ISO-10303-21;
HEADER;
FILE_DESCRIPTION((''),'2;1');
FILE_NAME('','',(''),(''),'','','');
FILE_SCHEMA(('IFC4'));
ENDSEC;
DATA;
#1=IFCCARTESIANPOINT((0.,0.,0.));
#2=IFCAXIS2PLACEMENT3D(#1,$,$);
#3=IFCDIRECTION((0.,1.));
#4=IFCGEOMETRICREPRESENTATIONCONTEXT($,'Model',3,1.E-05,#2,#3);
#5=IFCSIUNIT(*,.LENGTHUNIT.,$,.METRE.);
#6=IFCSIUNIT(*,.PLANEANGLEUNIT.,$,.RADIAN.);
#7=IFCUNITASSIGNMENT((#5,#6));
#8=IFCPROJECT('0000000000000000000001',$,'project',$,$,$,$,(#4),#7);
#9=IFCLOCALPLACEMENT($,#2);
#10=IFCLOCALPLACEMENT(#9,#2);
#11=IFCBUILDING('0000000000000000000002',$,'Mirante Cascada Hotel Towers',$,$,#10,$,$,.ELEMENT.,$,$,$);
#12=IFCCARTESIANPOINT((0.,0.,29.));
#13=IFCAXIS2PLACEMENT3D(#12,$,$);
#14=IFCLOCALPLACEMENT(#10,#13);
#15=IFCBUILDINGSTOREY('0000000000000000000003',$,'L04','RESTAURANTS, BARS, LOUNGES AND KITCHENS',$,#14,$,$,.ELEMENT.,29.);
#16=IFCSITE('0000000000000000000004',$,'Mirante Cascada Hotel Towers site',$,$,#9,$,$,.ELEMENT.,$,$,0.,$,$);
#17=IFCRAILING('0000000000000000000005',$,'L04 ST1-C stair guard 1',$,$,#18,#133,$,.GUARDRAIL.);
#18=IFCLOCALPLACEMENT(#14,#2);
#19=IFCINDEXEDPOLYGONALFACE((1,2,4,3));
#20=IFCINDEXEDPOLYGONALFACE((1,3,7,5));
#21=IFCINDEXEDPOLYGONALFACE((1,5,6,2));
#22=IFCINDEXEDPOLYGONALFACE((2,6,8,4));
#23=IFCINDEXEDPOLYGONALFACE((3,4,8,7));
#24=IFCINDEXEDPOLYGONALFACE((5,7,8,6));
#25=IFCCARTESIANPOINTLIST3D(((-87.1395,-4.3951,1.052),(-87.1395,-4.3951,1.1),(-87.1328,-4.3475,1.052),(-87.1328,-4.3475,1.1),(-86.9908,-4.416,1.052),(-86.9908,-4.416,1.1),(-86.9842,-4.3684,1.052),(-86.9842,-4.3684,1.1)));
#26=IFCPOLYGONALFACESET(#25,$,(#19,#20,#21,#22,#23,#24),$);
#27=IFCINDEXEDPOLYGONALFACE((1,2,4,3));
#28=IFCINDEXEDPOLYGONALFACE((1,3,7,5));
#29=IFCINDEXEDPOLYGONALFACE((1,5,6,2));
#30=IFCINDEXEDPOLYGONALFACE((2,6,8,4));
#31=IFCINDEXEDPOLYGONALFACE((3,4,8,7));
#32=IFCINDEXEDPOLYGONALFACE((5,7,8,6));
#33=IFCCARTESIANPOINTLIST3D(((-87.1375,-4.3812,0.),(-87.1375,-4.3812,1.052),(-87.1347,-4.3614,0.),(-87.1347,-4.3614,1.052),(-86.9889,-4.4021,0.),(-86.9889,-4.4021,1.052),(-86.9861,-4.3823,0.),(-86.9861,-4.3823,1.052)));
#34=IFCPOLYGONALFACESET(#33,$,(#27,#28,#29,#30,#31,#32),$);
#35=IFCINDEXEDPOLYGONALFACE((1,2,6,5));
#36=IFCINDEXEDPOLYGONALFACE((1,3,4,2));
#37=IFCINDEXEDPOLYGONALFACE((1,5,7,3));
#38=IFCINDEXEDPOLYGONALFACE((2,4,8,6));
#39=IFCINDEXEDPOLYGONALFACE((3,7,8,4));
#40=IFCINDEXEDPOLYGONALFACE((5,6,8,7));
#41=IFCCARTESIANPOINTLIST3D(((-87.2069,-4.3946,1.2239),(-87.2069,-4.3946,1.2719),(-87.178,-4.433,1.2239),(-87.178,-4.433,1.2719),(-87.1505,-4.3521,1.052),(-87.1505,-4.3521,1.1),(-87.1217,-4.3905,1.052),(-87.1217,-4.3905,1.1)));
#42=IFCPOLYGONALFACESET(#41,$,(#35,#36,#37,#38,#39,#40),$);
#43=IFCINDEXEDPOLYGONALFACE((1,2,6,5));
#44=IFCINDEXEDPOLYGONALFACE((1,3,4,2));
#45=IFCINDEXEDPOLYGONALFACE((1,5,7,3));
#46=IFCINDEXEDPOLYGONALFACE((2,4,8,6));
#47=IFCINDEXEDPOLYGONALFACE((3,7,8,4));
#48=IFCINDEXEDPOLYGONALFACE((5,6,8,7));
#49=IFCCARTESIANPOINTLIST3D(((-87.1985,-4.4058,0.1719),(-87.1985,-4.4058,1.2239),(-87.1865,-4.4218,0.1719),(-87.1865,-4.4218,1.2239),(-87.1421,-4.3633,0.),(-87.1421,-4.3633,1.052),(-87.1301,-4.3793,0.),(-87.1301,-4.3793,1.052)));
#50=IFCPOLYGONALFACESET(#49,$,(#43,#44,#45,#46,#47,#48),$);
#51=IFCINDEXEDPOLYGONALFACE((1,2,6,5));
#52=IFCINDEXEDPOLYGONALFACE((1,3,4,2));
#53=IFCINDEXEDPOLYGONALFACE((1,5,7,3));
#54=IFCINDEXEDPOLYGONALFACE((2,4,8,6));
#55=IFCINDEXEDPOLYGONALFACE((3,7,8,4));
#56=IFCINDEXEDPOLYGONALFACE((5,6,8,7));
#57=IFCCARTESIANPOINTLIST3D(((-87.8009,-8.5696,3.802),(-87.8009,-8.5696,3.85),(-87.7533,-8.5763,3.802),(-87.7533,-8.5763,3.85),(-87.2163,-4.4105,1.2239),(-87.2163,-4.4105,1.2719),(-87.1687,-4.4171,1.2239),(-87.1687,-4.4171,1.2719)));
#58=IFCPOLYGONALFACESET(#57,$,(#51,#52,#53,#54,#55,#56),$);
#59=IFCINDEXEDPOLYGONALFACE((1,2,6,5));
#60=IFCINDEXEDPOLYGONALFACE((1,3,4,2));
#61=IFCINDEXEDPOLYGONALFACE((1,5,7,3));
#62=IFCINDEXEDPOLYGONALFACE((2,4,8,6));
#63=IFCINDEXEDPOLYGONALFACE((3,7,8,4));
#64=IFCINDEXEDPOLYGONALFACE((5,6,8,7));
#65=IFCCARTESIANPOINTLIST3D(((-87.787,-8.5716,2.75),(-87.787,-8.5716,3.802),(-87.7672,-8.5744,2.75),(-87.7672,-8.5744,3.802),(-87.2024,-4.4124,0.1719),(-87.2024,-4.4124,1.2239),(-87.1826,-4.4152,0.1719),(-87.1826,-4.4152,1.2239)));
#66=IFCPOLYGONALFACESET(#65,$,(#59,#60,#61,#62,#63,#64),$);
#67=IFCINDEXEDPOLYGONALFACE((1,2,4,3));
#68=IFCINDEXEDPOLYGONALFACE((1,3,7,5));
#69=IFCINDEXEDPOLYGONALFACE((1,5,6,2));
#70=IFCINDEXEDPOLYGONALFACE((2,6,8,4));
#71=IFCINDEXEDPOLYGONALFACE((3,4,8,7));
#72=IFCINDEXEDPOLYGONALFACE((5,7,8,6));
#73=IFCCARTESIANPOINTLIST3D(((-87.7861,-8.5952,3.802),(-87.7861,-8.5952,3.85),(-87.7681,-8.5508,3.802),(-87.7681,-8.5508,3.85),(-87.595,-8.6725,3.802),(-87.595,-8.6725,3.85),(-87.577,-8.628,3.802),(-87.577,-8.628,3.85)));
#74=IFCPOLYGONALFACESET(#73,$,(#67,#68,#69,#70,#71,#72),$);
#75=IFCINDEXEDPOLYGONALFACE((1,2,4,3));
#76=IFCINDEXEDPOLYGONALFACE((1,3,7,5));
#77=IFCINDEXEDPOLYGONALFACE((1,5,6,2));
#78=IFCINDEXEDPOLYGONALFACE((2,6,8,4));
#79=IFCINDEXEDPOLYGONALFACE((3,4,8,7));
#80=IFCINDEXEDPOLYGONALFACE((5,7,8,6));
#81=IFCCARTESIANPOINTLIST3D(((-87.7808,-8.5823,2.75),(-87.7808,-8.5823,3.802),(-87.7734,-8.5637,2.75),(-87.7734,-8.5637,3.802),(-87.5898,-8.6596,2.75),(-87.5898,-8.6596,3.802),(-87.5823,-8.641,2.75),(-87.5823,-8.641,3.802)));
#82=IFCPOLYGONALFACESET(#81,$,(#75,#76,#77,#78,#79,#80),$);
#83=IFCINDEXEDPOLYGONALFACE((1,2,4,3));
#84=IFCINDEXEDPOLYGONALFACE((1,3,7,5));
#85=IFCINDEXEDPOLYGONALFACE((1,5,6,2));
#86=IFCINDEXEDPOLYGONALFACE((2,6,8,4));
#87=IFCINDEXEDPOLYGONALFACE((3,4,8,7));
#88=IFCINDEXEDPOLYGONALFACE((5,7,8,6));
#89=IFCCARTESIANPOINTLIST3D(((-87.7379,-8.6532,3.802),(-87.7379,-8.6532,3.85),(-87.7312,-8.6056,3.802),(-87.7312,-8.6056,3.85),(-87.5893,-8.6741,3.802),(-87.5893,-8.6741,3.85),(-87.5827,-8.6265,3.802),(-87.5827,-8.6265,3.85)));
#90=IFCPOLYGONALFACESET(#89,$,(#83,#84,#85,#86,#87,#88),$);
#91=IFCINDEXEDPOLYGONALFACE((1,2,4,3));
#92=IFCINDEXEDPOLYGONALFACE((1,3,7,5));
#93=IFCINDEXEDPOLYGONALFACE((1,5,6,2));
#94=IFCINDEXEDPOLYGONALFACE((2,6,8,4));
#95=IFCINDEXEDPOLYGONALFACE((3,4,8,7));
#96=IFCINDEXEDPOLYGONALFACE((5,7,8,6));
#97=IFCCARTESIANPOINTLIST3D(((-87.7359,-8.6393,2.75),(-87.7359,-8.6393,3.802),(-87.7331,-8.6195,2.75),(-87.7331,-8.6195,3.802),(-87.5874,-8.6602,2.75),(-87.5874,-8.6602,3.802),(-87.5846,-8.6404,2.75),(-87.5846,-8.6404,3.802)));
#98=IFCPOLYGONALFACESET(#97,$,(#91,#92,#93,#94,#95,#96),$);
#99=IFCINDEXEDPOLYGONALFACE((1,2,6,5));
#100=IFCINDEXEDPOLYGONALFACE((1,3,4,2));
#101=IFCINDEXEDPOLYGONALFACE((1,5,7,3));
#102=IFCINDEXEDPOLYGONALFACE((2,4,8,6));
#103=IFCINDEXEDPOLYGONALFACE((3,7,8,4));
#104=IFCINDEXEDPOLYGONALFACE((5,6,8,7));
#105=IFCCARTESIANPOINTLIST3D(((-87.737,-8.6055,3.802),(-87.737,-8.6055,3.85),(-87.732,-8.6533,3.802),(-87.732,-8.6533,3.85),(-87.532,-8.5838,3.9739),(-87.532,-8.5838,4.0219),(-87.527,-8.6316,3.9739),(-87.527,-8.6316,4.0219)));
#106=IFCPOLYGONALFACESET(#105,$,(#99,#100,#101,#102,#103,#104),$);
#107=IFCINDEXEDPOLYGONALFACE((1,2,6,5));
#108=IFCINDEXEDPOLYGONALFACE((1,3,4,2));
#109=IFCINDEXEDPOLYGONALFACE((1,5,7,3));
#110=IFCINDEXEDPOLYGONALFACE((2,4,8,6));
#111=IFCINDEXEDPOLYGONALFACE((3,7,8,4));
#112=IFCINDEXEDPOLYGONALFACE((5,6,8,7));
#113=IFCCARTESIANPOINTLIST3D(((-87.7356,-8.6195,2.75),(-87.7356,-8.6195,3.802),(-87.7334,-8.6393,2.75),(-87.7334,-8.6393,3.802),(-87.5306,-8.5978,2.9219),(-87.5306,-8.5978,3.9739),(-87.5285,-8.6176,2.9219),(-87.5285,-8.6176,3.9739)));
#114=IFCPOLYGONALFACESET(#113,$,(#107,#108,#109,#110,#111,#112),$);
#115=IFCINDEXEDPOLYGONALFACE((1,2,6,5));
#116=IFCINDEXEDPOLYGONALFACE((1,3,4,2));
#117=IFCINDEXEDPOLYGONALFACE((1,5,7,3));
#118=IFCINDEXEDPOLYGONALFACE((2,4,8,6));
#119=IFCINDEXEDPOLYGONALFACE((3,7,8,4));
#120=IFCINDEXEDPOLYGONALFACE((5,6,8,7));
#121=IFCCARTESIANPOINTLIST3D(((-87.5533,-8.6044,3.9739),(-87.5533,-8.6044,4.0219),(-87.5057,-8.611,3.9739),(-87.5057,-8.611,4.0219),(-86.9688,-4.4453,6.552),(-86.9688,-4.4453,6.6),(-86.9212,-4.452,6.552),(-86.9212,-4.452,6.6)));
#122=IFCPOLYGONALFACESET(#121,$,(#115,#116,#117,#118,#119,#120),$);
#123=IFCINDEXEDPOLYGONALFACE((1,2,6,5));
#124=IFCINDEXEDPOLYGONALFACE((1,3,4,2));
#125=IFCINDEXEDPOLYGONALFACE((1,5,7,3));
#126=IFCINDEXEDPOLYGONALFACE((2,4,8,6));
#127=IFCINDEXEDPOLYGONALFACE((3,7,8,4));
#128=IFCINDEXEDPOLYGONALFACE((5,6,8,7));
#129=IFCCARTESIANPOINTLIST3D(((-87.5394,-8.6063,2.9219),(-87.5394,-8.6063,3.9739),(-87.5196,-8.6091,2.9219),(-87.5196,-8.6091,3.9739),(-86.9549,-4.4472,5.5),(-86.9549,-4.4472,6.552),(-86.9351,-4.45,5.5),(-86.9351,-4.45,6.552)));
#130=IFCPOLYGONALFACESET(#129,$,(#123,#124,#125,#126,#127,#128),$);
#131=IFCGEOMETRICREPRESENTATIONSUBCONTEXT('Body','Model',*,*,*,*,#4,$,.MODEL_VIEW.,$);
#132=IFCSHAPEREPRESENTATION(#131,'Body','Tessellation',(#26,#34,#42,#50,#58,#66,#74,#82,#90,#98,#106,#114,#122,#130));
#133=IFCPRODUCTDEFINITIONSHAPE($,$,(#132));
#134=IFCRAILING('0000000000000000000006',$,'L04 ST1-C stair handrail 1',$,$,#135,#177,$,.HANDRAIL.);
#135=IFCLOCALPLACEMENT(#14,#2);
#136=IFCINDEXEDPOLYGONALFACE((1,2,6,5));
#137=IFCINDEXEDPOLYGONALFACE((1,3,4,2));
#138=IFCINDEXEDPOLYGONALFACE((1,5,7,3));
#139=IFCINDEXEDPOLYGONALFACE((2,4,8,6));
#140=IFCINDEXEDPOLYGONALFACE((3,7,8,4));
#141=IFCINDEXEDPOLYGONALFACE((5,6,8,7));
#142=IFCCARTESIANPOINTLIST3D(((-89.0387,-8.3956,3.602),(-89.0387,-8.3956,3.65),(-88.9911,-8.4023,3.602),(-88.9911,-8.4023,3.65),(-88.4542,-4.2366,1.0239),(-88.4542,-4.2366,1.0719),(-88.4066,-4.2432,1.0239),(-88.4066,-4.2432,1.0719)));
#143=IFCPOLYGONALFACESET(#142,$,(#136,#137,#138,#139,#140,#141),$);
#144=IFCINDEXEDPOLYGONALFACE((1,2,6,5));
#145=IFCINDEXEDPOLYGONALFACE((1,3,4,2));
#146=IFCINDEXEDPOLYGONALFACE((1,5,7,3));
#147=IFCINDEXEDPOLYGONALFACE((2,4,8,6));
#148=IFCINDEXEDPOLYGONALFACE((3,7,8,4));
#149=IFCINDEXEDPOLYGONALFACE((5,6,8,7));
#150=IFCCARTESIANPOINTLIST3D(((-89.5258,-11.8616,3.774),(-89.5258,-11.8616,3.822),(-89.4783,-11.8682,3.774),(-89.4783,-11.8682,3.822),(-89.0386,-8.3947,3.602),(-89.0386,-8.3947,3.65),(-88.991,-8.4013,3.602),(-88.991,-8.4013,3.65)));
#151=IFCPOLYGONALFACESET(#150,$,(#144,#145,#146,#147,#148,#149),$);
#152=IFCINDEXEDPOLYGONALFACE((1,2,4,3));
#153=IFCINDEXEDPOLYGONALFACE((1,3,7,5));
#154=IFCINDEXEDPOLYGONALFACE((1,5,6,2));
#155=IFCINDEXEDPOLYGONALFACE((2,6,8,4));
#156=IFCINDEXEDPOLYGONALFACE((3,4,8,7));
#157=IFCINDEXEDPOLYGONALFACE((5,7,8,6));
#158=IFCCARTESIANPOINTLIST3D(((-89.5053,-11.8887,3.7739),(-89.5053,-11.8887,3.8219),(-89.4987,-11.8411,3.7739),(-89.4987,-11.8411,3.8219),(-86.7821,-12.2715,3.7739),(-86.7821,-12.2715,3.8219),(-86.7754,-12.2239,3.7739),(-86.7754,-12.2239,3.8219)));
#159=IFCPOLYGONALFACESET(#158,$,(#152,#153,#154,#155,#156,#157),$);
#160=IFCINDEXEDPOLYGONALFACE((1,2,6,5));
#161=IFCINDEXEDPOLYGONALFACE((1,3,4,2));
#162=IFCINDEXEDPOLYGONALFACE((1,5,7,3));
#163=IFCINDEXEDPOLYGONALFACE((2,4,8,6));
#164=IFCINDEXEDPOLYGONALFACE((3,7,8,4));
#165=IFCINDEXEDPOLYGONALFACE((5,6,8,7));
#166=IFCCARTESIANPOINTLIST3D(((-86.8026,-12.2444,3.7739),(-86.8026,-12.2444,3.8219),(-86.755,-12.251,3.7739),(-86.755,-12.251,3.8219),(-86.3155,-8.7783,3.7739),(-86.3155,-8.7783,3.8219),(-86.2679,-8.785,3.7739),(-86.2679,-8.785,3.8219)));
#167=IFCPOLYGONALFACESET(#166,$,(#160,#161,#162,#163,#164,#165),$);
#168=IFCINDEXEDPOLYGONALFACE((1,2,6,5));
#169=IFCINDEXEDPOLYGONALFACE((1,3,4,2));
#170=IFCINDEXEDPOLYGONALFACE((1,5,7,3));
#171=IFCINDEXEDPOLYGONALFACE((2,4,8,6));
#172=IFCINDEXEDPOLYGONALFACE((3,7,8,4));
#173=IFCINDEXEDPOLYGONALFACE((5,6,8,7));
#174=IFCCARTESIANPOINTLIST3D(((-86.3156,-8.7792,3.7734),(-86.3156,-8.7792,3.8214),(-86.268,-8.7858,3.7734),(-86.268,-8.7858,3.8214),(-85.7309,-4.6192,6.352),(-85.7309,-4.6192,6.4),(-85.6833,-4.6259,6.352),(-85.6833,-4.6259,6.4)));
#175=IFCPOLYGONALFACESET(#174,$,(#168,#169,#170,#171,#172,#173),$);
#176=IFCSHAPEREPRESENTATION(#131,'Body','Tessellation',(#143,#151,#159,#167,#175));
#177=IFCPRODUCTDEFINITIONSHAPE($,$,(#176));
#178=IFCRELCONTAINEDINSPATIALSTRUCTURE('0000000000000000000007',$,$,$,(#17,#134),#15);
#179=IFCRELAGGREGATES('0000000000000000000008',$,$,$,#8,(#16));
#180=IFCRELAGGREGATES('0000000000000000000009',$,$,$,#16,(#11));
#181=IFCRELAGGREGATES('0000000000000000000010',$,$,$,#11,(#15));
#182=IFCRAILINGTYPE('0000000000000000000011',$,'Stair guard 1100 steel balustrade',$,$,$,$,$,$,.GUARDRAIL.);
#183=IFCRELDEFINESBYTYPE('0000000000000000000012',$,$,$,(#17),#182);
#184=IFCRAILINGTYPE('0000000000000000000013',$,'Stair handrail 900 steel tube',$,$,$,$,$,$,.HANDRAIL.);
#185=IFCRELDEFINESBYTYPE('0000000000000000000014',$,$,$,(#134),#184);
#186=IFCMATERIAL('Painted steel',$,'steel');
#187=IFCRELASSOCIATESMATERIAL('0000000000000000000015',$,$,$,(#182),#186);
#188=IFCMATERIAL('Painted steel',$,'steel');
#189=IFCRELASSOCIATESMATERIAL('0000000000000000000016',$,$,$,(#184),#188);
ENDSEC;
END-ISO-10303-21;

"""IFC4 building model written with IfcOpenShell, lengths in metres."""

from ifc_helpers import new_model, si_unit, direction, frame, origin, origin_2d, place, context, subcontext, project, spatial, rectangle, extrude, material, type_object, element, save


model = new_model("IFC4")

# Units and contexts
model_context = context("Model", 3, precision=1e-05, world=origin(), true_north=direction((0.0, 1.0)))
body_context = subcontext(model_context, "Body", "Model", "MODEL_VIEW")
ifc_project = project(units=[si_unit("LENGTHUNIT", "METRE"), si_unit("PLANEANGLEUNIT", "RADIAN")], contexts=[model_context])

# Site, building, storey
site_placement = place(None, origin())
site = spatial("IfcSite", under=ifc_project, at=site_placement, Name="Mirante Cascada Hotel Towers site", CompositionType="ELEMENT", RefElevation=0.0)
building_placement = place(site_placement, origin())
building = spatial("IfcBuilding", under=site, at=building_placement, Name="Mirante Cascada Hotel Towers", CompositionType="ELEMENT")
storey_placement = place(building_placement, frame((0.0, 0.0, 29.0)))
storey = spatial("IfcBuildingStorey", under=building, at=storey_placement, Name="L04", Description="RESTAURANTS, BARS, LOUNGES AND KITCHENS", CompositionType="ELEMENT", Elevation=29.0)

# Railings
ifc_material_1 = material(Name="Painted steel", Category="steel")
railing_type_1 = type_object("IfcRailingType", Name="Stair guard 1100 steel balustrade", PredefinedType="GUARDRAIL", material=ifc_material_1)
railing_1_placement = place(storey_placement, frame((-86.9875, -4.3922, 0.0)))
element("IfcRailing", 1, at=railing_1_placement, inside=storey, type_object=railing_type_1, Name="L04 ST1-C stair guard 1", PredefinedType="GUARDRAIL", context=body_context, shape_type="SweptSolid", body=[
    extrude(rectangle(XDim=0.048, YDim=0.048, at=origin_2d()), frame((0.0, 0.0, 1.076), z_axis=(-0.990254, 0.139275, 0.0), x_axis=(-0.139275, -0.990254, 0.0)), (0.0, 0.0, 1.0), 0.1501),
    extrude(rectangle(XDim=0.02, YDim=1.052, at=origin_2d()), frame((0.0, 0.0, 0.526), z_axis=(-0.990254, 0.139275, 0.0), x_axis=(-0.139275, -0.990254, 0.0)), (0.0, 0.0, 1.0), 0.1501),
    extrude(rectangle(XDim=0.048, YDim=0.048, at=origin_2d()), frame((-0.1486, 0.0209, 1.076), z_axis=(-0.798639, -0.601811, 0.0), x_axis=(0.601811, -0.798639, 0.0)), (0.0, 0.924985, 0.380004), 0.1858),
    extrude(rectangle(XDim=0.02, YDim=1.052, at=origin_2d()), frame((-0.1486, 0.0209, 0.526), z_axis=(-0.798639, -0.601811, 0.0), x_axis=(0.601811, -0.798639, 0.0)), (0.0, 0.924985, 0.380004), 0.1858),
    extrude(rectangle(XDim=0.048, YDim=0.048, at=origin_2d()), frame((-0.205, -0.0216, 1.2479), z_axis=(-0.139188, -0.990266, 0.0), x_axis=(0.990266, -0.139188, 0.0)), (0.0, 0.523131, 0.852252), 4.9282),
    extrude(rectangle(XDim=0.02, YDim=1.052, at=origin_2d()), frame((-0.205, -0.0216, 0.6979), z_axis=(-0.139188, -0.990266, 0.0), x_axis=(0.990266, -0.139188, 0.0)), (0.0, 0.523131, 0.852252), 4.9282),
    extrude(rectangle(XDim=0.048, YDim=0.048, at=origin_2d()), frame((-0.7896, -4.1808, 3.826), z_axis=(0.927031, -0.374984, 0.0), x_axis=(0.374984, 0.927031, 0.0)), (0.0, 0.0, 1.0), 0.2061),
    extrude(rectangle(XDim=0.02, YDim=1.052, at=origin_2d()), frame((-0.7896, -4.1808, 3.276), z_axis=(0.927031, -0.374984, 0.0), x_axis=(0.374984, 0.927031, 0.0)), (0.0, 0.0, 1.0), 0.2061),
    extrude(rectangle(XDim=0.048, YDim=0.048, at=origin_2d()), frame((-0.5985, -4.2581, 3.826), z_axis=(-0.990241, 0.139367, 0.0), x_axis=(-0.139367, -0.990241, 0.0)), (0.0, 0.0, 1.0), 0.15),
    extrude(rectangle(XDim=0.02, YDim=1.052, at=origin_2d()), frame((-0.5985, -4.2581, 3.276), z_axis=(-0.990241, 0.139367, 0.0), x_axis=(-0.139367, -0.990241, 0.0)), (0.0, 0.0, 1.0), 0.15),
    extrude(rectangle(XDim=0.048, YDim=0.048, at=origin_2d()), frame((-0.747, -4.2372, 3.826), z_axis=(0.994444, 0.105266, 0.0), x_axis=(-0.105266, 0.994444, 0.0)), (0.0, 0.640431, 0.768016), 0.2684),
    extrude(rectangle(XDim=0.02, YDim=1.052, at=origin_2d()), frame((-0.747, -4.2372, 3.276), z_axis=(0.994444, 0.105266, 0.0), x_axis=(-0.105266, 0.994444, 0.0)), (0.0, 0.640431, 0.768016), 0.2684),
    extrude(rectangle(XDim=0.048, YDim=0.048, at=origin_2d()), frame((-0.542, -4.2155, 3.9979), z_axis=(0.139168, 0.990269, 0.0), x_axis=(-0.990269, 0.139168, 0.0)), (0.0, 0.523141, 0.852246), 4.9281),
    extrude(rectangle(XDim=0.02, YDim=1.052, at=origin_2d()), frame((-0.542, -4.2155, 3.4479), z_axis=(0.139168, 0.990269, 0.0), x_axis=(-0.990269, 0.139168, 0.0)), (0.0, 0.523141, 0.852246), 4.9281),
])
ifc_material_2 = material(Name="Painted steel", Category="steel")
railing_type_2 = type_object("IfcRailingType", Name="Stair handrail 900 steel tube", PredefinedType="HANDRAIL", material=ifc_material_2)
railing_2_placement = place(storey_placement, frame((-88.4304, -4.2399, 0.1719)))
element("IfcRailing", 2, at=railing_2_placement, inside=storey, type_object=railing_type_2, Name="L04 ST1-C stair handrail 1", PredefinedType="HANDRAIL", context=body_context, shape_type="SweptSolid", body=[
    extrude(rectangle(XDim=0.048, YDim=0.048, at=origin_2d()), frame((0.0, 0.0, 0.876), z_axis=(-0.139168, -0.990269, 0.0), x_axis=(0.990269, -0.139168, 0.0)), (0.0, 0.523141, 0.852246), 4.9281),
    extrude(rectangle(XDim=0.048, YDim=0.048, at=origin_2d()), frame((-0.5844, -4.1581, 3.4541), z_axis=(-0.139173, -0.990268, 0.0), x_axis=(0.990268, -0.139173, 0.0)), (0.0, 0.049056, 0.998796), 3.5052),
    extrude(rectangle(XDim=0.048, YDim=0.048, at=origin_2d()), frame((-1.0716, -7.625, 3.626), z_axis=(0.990264, -0.139201, 0.0), x_axis=(0.139201, 0.990264, 0.0)), (0.0, 0.0, 1.0), 2.75),
    extrude(rectangle(XDim=0.048, YDim=0.048, at=origin_2d()), frame((1.6516, -8.0078, 3.626), z_axis=(0.139169, 0.990269, 0.0), x_axis=(-0.990269, 0.139169, 0.0)), (0.0, 0.0, 1.0), 3.5001),
    extrude(rectangle(XDim=0.048, YDim=0.048, at=origin_2d()), frame((2.1386, -4.5426, 3.6255), z_axis=(0.139191, 0.990266, 0.0), x_axis=(-0.990266, 0.139191, 0.0)), (0.0, 0.52314, 0.852247), 4.9291),
])

save(model, "model.ifc")
